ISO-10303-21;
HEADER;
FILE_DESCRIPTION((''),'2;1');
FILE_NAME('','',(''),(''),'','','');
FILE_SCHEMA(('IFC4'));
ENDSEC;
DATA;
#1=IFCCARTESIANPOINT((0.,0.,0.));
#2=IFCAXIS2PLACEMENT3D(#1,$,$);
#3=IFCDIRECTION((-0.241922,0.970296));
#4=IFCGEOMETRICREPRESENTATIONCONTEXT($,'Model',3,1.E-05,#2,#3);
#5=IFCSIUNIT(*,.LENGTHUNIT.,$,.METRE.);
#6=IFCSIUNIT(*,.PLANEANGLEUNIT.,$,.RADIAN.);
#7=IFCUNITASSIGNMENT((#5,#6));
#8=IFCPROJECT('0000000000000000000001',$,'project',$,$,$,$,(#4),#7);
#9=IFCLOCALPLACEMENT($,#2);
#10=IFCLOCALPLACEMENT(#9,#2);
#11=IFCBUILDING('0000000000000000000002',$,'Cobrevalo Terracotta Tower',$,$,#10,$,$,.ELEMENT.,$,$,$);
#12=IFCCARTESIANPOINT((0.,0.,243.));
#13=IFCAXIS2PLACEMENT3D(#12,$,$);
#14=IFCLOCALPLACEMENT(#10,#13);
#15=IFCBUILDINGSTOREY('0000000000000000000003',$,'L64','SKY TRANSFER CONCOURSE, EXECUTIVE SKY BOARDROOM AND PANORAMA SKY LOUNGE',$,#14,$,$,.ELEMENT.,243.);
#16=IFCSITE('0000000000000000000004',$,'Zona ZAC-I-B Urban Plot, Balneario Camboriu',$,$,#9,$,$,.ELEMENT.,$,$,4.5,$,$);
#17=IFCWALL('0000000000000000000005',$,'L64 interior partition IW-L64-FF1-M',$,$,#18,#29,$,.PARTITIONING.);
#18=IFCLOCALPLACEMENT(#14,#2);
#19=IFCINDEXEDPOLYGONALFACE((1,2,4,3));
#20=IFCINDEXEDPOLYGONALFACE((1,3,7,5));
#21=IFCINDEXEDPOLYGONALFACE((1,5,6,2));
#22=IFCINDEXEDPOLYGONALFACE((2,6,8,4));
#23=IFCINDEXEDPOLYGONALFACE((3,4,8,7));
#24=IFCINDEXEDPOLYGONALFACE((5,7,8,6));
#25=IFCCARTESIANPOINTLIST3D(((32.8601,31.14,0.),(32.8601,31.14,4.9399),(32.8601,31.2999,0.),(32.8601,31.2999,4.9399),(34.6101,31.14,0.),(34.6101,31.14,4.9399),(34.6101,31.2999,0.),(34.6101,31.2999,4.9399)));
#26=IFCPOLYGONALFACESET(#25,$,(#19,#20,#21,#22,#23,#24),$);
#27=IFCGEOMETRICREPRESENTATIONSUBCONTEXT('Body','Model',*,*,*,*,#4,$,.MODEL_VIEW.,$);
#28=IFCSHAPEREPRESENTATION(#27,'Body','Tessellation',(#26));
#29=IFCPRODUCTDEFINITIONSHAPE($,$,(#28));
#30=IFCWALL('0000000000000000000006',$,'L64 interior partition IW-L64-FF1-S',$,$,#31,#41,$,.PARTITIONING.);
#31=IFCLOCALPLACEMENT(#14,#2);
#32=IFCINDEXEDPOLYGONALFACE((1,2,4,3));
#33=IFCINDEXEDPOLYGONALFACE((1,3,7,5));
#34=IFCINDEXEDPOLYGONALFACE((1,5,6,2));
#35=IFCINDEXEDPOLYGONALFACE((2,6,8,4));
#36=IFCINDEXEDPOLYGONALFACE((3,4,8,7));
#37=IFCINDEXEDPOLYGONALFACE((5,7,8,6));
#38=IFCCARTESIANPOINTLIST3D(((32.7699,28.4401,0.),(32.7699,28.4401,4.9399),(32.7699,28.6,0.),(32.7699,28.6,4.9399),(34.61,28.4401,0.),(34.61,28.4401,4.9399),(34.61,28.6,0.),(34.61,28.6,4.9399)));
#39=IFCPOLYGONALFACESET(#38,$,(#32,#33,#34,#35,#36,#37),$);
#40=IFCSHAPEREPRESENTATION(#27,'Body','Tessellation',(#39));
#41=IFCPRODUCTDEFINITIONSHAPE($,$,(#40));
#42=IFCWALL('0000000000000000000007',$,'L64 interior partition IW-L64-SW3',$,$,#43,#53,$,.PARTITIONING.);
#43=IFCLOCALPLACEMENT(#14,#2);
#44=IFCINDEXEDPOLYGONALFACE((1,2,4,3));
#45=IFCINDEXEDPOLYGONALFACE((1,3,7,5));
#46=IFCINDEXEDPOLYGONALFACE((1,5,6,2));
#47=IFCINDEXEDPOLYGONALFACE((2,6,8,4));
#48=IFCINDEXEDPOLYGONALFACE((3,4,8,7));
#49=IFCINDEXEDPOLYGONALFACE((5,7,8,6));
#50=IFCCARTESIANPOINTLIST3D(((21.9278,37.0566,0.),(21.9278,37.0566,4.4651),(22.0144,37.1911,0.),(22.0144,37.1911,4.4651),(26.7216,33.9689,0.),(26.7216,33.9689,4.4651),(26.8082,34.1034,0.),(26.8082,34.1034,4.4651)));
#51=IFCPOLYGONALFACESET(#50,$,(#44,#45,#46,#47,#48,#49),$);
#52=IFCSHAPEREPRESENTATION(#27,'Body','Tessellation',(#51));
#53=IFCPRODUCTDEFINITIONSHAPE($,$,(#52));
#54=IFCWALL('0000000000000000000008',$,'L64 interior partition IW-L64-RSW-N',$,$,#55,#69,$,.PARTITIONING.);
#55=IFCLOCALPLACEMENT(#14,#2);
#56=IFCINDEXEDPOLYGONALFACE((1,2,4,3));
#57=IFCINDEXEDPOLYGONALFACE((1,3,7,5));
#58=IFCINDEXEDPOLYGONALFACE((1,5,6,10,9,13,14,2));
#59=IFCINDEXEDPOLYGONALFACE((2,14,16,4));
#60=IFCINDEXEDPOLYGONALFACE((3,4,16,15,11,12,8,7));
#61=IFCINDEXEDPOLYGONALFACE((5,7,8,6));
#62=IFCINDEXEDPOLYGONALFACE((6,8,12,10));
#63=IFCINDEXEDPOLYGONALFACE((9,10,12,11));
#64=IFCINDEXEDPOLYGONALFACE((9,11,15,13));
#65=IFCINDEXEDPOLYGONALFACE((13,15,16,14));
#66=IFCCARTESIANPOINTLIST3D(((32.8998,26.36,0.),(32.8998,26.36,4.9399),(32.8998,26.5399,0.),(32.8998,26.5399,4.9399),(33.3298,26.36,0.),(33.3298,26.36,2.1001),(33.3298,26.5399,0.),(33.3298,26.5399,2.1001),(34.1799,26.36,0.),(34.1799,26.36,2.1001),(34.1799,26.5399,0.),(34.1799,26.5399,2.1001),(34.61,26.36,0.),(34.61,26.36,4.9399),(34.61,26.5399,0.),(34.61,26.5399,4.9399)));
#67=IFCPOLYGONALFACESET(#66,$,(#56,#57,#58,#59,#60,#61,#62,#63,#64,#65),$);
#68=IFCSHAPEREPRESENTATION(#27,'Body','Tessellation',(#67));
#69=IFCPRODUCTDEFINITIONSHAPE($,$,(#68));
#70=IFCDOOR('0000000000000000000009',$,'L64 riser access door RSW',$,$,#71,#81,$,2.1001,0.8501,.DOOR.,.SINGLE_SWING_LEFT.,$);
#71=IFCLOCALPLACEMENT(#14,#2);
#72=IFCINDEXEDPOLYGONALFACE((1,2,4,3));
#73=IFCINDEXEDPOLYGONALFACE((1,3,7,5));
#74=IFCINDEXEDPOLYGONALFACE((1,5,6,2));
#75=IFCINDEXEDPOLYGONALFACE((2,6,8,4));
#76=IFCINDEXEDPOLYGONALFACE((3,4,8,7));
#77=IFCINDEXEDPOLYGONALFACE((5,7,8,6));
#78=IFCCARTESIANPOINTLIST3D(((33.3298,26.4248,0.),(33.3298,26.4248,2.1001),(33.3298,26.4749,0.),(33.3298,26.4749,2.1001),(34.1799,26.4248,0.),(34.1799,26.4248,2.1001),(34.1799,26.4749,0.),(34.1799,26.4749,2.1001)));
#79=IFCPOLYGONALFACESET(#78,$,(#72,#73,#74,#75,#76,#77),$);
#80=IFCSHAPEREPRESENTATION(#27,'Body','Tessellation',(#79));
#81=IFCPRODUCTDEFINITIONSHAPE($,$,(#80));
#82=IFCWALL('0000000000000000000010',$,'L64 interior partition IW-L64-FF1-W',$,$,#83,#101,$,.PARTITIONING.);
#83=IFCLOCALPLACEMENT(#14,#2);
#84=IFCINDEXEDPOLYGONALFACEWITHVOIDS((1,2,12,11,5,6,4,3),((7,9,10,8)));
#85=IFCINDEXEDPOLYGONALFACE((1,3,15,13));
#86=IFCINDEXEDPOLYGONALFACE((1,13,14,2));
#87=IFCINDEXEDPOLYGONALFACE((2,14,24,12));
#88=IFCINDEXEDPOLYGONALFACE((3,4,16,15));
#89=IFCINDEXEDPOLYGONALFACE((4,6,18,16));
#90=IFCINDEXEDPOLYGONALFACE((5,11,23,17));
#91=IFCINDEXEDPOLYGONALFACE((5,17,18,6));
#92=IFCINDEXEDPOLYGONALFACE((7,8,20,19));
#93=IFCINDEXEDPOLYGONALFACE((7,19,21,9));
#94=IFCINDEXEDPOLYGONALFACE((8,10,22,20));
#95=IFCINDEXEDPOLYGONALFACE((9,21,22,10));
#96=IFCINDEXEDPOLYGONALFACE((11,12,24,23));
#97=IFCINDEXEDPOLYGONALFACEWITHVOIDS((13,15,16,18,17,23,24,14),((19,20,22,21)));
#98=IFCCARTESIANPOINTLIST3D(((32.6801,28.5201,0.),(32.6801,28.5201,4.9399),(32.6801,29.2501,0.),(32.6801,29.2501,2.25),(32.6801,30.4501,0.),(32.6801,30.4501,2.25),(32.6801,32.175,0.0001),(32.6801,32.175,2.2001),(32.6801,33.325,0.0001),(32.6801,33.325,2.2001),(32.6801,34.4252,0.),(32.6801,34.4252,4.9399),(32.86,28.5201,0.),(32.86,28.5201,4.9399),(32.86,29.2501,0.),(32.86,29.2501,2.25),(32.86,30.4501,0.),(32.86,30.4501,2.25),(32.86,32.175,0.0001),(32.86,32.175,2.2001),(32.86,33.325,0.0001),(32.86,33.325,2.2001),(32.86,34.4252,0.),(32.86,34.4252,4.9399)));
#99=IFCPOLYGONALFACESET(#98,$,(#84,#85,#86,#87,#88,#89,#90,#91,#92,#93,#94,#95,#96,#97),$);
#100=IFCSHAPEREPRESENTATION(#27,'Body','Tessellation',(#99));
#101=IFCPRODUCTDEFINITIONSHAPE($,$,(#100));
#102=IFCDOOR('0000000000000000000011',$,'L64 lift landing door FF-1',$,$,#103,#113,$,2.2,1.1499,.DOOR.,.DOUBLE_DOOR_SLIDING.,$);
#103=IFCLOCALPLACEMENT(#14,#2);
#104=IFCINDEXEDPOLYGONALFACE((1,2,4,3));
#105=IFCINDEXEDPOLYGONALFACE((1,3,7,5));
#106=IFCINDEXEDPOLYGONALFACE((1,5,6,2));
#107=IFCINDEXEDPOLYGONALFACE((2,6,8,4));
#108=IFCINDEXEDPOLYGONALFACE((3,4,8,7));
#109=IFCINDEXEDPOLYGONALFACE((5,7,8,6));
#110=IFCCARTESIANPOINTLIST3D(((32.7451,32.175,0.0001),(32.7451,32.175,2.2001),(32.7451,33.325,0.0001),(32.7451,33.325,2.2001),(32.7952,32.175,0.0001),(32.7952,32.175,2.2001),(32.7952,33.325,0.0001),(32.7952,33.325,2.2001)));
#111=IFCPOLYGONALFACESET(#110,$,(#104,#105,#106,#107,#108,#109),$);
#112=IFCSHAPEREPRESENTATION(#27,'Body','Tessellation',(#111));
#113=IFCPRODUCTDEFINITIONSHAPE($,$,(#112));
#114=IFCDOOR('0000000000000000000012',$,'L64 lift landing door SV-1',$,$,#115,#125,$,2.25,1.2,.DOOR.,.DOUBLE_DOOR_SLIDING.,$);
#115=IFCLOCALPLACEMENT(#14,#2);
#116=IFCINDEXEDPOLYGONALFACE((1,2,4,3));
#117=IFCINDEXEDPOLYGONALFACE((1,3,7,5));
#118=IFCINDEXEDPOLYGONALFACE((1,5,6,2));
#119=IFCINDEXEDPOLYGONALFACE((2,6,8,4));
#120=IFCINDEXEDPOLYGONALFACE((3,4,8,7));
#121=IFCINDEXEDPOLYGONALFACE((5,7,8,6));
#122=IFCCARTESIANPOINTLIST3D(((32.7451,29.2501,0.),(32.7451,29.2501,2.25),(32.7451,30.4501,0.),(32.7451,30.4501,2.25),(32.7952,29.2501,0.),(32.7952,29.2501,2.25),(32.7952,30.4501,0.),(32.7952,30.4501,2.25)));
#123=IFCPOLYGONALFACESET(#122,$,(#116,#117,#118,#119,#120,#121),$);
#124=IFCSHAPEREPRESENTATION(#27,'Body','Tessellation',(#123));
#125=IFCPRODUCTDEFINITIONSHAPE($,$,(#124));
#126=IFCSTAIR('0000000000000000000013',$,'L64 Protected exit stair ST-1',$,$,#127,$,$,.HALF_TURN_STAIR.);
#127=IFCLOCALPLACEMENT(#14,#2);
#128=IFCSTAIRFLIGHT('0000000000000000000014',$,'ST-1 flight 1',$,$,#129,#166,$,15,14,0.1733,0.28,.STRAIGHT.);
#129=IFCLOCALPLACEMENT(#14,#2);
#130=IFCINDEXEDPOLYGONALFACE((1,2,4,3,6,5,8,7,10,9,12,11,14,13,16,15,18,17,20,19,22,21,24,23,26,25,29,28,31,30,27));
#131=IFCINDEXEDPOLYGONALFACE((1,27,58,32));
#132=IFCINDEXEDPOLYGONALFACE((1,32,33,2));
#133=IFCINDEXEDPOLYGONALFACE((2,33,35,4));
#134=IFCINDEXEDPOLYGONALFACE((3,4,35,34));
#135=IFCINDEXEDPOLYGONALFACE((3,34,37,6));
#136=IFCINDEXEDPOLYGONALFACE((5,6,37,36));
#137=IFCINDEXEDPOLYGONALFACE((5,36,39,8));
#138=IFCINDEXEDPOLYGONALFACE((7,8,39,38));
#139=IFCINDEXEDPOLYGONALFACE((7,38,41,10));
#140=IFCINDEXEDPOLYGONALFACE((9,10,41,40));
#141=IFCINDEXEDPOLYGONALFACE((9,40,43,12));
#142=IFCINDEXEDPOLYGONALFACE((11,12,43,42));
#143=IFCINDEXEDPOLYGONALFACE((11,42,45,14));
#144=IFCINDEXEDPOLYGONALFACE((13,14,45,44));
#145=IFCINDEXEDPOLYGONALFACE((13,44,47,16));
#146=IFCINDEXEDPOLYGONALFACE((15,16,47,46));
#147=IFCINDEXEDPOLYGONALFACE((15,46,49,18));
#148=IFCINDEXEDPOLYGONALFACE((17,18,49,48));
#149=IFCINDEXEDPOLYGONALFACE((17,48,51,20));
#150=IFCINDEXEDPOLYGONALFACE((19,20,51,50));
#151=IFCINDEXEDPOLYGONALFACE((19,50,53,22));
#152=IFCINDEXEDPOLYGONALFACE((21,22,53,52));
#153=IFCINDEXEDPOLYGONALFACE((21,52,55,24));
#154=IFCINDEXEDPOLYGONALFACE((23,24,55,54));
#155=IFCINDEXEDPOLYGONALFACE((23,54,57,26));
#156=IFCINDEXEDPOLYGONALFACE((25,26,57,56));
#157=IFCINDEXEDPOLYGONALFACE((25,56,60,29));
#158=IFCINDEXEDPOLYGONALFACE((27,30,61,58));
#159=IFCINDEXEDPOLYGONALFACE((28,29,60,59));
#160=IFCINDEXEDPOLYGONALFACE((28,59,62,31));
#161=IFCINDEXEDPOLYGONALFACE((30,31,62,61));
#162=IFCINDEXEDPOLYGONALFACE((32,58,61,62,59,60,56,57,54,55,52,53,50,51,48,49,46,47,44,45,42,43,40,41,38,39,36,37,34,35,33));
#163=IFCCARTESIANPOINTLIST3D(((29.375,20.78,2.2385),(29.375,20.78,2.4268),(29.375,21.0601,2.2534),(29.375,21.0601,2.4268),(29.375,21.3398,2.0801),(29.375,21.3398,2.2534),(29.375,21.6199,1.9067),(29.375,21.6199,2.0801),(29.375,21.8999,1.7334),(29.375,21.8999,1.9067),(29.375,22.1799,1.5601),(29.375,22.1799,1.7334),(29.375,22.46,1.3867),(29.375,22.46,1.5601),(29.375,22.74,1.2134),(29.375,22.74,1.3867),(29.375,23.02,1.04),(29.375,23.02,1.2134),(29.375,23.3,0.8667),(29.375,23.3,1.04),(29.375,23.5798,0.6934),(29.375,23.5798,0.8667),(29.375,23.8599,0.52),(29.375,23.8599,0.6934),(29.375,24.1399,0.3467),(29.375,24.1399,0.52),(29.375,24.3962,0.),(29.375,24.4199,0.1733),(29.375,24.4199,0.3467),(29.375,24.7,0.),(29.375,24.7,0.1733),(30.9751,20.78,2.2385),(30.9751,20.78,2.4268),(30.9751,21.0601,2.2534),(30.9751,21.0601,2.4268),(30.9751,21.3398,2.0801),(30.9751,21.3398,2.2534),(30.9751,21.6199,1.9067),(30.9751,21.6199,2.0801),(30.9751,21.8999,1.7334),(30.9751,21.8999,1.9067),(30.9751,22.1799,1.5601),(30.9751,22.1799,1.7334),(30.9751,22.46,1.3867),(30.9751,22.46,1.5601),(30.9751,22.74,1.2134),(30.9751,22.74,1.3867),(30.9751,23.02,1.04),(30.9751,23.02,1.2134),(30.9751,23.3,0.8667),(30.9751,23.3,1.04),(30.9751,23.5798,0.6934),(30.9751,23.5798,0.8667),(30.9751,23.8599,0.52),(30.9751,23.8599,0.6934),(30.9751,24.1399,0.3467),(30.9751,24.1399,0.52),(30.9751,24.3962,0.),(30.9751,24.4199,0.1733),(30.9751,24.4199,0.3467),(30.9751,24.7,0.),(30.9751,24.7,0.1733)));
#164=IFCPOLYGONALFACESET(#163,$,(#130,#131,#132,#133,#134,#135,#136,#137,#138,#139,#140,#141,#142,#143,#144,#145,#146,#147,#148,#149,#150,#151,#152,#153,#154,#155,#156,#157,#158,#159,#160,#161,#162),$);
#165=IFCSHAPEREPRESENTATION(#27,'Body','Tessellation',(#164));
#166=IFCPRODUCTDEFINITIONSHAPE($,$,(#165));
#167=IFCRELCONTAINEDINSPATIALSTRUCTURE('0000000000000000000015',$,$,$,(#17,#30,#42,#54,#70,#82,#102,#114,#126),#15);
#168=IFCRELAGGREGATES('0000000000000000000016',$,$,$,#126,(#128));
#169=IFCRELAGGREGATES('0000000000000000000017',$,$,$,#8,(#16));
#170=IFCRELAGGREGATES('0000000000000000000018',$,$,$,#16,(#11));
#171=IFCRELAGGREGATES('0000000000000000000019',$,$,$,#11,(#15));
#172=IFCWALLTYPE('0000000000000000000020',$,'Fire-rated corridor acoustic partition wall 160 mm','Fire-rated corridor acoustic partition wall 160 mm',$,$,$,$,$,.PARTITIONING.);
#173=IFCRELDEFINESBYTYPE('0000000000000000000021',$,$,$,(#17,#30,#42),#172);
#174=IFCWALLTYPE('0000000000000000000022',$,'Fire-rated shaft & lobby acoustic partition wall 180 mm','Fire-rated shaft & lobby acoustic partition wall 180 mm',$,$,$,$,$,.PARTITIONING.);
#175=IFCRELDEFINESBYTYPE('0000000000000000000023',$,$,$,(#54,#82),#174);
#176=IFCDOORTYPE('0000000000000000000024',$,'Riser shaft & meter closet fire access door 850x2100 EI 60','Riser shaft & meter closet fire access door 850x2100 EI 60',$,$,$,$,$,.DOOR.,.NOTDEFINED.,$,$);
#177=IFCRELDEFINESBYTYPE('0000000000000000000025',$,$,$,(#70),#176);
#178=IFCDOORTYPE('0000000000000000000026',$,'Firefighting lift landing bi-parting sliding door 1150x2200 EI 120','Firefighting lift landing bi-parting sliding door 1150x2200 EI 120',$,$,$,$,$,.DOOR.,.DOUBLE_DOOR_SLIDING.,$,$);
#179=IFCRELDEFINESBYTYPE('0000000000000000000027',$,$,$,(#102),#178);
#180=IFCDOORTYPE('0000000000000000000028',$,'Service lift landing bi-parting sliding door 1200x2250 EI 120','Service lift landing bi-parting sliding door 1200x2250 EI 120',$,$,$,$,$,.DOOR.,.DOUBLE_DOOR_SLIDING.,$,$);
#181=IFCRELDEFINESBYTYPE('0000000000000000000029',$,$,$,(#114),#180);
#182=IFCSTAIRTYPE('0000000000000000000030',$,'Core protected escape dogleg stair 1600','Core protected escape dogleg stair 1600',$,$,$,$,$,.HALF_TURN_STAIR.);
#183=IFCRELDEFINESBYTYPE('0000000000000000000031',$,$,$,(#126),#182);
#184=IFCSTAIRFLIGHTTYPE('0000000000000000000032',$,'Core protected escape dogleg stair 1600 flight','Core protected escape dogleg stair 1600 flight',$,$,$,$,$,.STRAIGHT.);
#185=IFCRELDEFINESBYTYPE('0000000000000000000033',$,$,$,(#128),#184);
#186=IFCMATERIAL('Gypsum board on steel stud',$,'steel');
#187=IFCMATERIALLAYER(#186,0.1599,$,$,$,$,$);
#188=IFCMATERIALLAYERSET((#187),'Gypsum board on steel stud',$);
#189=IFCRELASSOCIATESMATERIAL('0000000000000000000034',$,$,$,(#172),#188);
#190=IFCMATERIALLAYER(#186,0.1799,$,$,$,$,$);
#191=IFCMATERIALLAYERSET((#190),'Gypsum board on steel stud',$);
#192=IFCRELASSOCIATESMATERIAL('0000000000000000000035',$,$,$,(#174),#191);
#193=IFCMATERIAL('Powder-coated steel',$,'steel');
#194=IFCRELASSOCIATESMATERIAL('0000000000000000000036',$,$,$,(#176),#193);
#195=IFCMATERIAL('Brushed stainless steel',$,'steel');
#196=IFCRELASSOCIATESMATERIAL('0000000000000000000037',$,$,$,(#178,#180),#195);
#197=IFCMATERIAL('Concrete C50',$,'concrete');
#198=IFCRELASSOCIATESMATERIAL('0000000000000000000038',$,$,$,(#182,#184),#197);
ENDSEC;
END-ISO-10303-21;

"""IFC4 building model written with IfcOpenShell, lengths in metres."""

from ifc_helpers import new_model, si_unit, direction, frame, frame_2d, origin, place, context, subcontext, project, spatial, polyline, rectangle, outline, extrude, source, transform, mapped, material, layer, layer_set, type_object, element, fill, aggregate, save


model = new_model("IFC4")

# Units and contexts
model_context = context("Model", 3, precision=1e-05, world=origin(), true_north=direction((-0.241922, 0.970296)))
body_context = subcontext(model_context, "Body", "Model", "MODEL_VIEW")
ifc_project = project(units=[si_unit("LENGTHUNIT", "METRE"), si_unit("PLANEANGLEUNIT", "RADIAN")], contexts=[model_context])

# Site, building, storey
site_placement = place(None, origin())
site = spatial("IfcSite", under=ifc_project, at=site_placement, Name="Zona ZAC-I-B Urban Plot, Balneario Camboriu", CompositionType="ELEMENT", RefElevation=4.5)
building_placement = place(site_placement, origin())
building = spatial("IfcBuilding", under=site, at=building_placement, Name="Cobrevalo Terracotta Tower", CompositionType="ELEMENT")
storey_placement = place(building_placement, frame((0.0, 0.0, 243.0)))
storey = spatial("IfcBuildingStorey", under=building, at=storey_placement, Name="L64", Description="SKY TRANSFER CONCOURSE, EXECUTIVE SKY BOARDROOM AND PANORAMA SKY LOUNGE", CompositionType="ELEMENT", Elevation=243.0)

# Shared definitions
ifc_material_1 = material(Name="Concrete C50", Category="concrete")

# Walls
ifc_material_2 = material(Name="Gypsum board on steel stud", Category="steel")
ifc_layer_1 = layer(ifc_material_2, 0.1599)
ifc_layer_set_1 = layer_set([ifc_layer_1], Name="Gypsum board on steel stud")
wall_type_1 = type_object("IfcWallType", Name="Fire-rated corridor acoustic partition wall 160 mm", Description="Fire-rated corridor acoustic partition wall 160 mm", PredefinedType="PARTITIONING", material=ifc_layer_set_1)
wall_1_placement = place(storey_placement, frame((32.8601, 31.22, 0.0), z_axis=(0.0, 0.0, 1.0), x_axis=(1.0, 0.0, 0.0)))
element("IfcWall", 1, at=wall_1_placement, inside=storey, type_object=wall_type_1, Name="L64 interior partition IW-L64-FF1-M", PredefinedType="PARTITIONING", context=body_context, shape_type="SweptSolid", body=[
    extrude(rectangle(XDim=1.75, YDim=0.1599, at=frame_2d((0.875, 0.0))), origin(), (0.0, 0.0, 1.0), 4.9399),
])
wall_2_placement = place(storey_placement, frame((32.77, 28.52, 0.0), z_axis=(0.0, 0.0, 1.0), x_axis=(1.0, 0.0, 0.0)))
element("IfcWall", 2, at=wall_2_placement, inside=storey, type_object=wall_type_1, Name="L64 interior partition IW-L64-FF1-S", PredefinedType="PARTITIONING", context=body_context, shape_type="SweptSolid", body=[
    extrude(rectangle(XDim=1.8401, YDim=0.1599, at=frame_2d((0.9199, 0.0))), origin(), (0.0, 0.0, 1.0), 4.9399),
])
wall_3_placement = place(storey_placement, frame((26.7649, 34.0361, 0.0), z_axis=(0.0, 0.0, 1.0), x_axis=(-0.840701, 0.5415, 0.0)))
element("IfcWall", 3, at=wall_3_placement, inside=storey, type_object=wall_type_1, Name="L64 interior partition IW-L64-SW3", PredefinedType="PARTITIONING", context=body_context, shape_type="SweptSolid", body=[
    extrude(rectangle(XDim=5.7021, YDim=0.1599, at=frame_2d((2.8511, 0.0))), origin(), (0.0, 0.0, 1.0), 4.4651),
])

# Wall, opening, door
ifc_layer_2 = layer(ifc_material_2, 0.1799)
ifc_layer_set_2 = layer_set([ifc_layer_2], Name="Gypsum board on steel stud")
wall_type_2 = type_object("IfcWallType", Name="Fire-rated shaft & lobby acoustic partition wall 180 mm", Description="Fire-rated shaft & lobby acoustic partition wall 180 mm", PredefinedType="PARTITIONING", material=ifc_layer_set_2)
wall_4_placement = place(storey_placement, frame((32.8999, 26.45, 0.0), z_axis=(0.0, 0.0, 1.0), x_axis=(1.0, 0.0, 0.0)))
wall_4 = element("IfcWall", 4, at=wall_4_placement, inside=storey, type_object=wall_type_2, Name="L64 interior partition IW-L64-RSW-N", PredefinedType="PARTITIONING", context=body_context, shape_type="SweptSolid", body=[
    extrude(rectangle(XDim=1.7102, YDim=0.1799, at=frame_2d((0.855, 0.0))), origin(), (0.0, 0.0, 1.0), 4.9399),
])
opening_1_placement = place(wall_4_placement, frame((0.4299, 0.0, 0.0)))
opening_1 = element("IfcOpeningElement", 5, at=opening_1_placement, cuts=wall_4, PredefinedType="OPENING", context=body_context, shape_type="SweptSolid", body=[
    extrude(rectangle(XDim=0.8501, YDim=2.1001, at=frame_2d((0.425, 1.05))), frame((0.0, 0.1001, 0.0), z_axis=(0.0, -1.0, 0.0), x_axis=(1.0, 0.0, 0.0)), (0.0, 0.0, 1.0), 0.2),
])
ifc_material_3 = material(Name="Powder-coated steel", Category="steel")
door_type_1 = type_object("IfcDoorType", Name="Riser shaft & meter closet fire access door 850x2100 EI 60", Description="Riser shaft & meter closet fire access door 850x2100 EI 60", OperationType="NOTDEFINED", PredefinedType="DOOR", material=ifc_material_3)
shared_shape_1 = source(origin(), body_context, "Body", "SweptSolid", [
    extrude(rectangle(XDim=0.8501, YDim=2.1001, at=frame_2d((0.425, 1.05))), frame((0.0, 0.0249, 0.0), z_axis=(0.0, -1.0, 0.0), x_axis=(1.0, 0.0, 0.0)), (0.0, 0.0, 1.0), 0.05),
])
door_1_placement = place(opening_1_placement, origin())
door_1 = element("IfcDoor", 6, at=door_1_placement, inside=storey, type_object=door_type_1, Name="L64 riser access door RSW", OperationType="SINGLE_SWING_LEFT", OverallHeight=2.1001, OverallWidth=0.8501, PredefinedType="DOOR", context=body_context, shape_type="MappedRepresentation", body=[
    mapped(shared_shape_1, transform((0.0, 0.0, 0.0), scale=1.0)),
])
fill(opening_1, door_1)

# Wall, openings, doors
wall_5_placement = place(storey_placement, frame((32.77, 28.52, 0.0), z_axis=(0.0, 0.0, 1.0), x_axis=(0.0, 1.0, 0.0)))
wall_5 = element("IfcWall", 7, at=wall_5_placement, inside=storey, type_object=wall_type_2, Name="L64 interior partition IW-L64-FF1-W", PredefinedType="PARTITIONING", context=body_context, shape_type="SweptSolid", body=[
    extrude(rectangle(XDim=5.905, YDim=0.1799, at=frame_2d((2.9526, 0.0))), origin(), (0.0, 0.0, 1.0), 4.9399),
])
opening_2_placement = place(wall_5_placement, frame((3.655, 0.0, 0.0)))
opening_2 = element("IfcOpeningElement", 8, at=opening_2_placement, cuts=wall_5, PredefinedType="OPENING", context=body_context, shape_type="SweptSolid", body=[
    extrude(rectangle(XDim=1.1499, YDim=2.2, at=frame_2d((0.575, 1.1001))), frame((0.0, 0.1001, 0.0), z_axis=(0.0, -1.0, 0.0), x_axis=(1.0, 0.0, 0.0)), (0.0, 0.0, 1.0), 0.2),
])
opening_3_placement = place(wall_5_placement, frame((0.73, 0.0, 0.0)))
opening_3 = element("IfcOpeningElement", 9, at=opening_3_placement, cuts=wall_5, PredefinedType="OPENING", context=body_context, shape_type="SweptSolid", body=[
    extrude(rectangle(XDim=1.2, YDim=2.25, at=frame_2d((0.6001, 1.125))), frame((0.0, 0.1001, 0.0), z_axis=(0.0, -1.0, 0.0), x_axis=(1.0, 0.0, 0.0)), (0.0, 0.0, 1.0), 0.2),
])
ifc_material_4 = material(Name="Brushed stainless steel", Category="steel")
door_type_2 = type_object("IfcDoorType", Name="Firefighting lift landing bi-parting sliding door 1150x2200 EI 120", Description="Firefighting lift landing bi-parting sliding door 1150x2200 EI 120", OperationType="DOUBLE_DOOR_SLIDING", PredefinedType="DOOR", material=ifc_material_4)
shared_shape_2 = source(origin(), body_context, "Body", "SweptSolid", [
    extrude(rectangle(XDim=1.1499, YDim=2.2, at=frame_2d((0.575, 1.1001))), frame((0.0, 0.0249, 0.0), z_axis=(0.0, -1.0, 0.0), x_axis=(1.0, 0.0, 0.0)), (0.0, 0.0, 1.0), 0.05),
])
door_2_placement = place(opening_2_placement, origin())
door_2 = element("IfcDoor", 10, at=door_2_placement, inside=storey, type_object=door_type_2, Name="L64 lift landing door FF-1", OperationType="DOUBLE_DOOR_SLIDING", OverallHeight=2.2, OverallWidth=1.1499, PredefinedType="DOOR", context=body_context, shape_type="MappedRepresentation", body=[
    mapped(shared_shape_2, transform((0.0, 0.0, 0.0), scale=1.0)),
])
fill(opening_2, door_2)
door_type_3 = type_object("IfcDoorType", Name="Service lift landing bi-parting sliding door 1200x2250 EI 120", Description="Service lift landing bi-parting sliding door 1200x2250 EI 120", OperationType="DOUBLE_DOOR_SLIDING", PredefinedType="DOOR", material=ifc_material_4)
shared_shape_3 = source(origin(), body_context, "Body", "SweptSolid", [
    extrude(rectangle(XDim=1.2, YDim=2.25, at=frame_2d((0.6001, 1.125))), frame((0.0, 0.0249, 0.0), z_axis=(0.0, -1.0, 0.0), x_axis=(1.0, 0.0, 0.0)), (0.0, 0.0, 1.0), 0.05),
])
door_3_placement = place(opening_3_placement, origin())
door_3 = element("IfcDoor", 11, at=door_3_placement, inside=storey, type_object=door_type_3, Name="L64 lift landing door SV-1", OperationType="DOUBLE_DOOR_SLIDING", OverallHeight=2.25, OverallWidth=1.2, PredefinedType="DOOR", context=body_context, shape_type="MappedRepresentation", body=[
    mapped(shared_shape_3, transform((0.0, 0.0, 0.0), scale=1.0)),
])
fill(opening_3, door_3)

# Stair, stair flight
stair_type = type_object("IfcStairType", Name="Core protected escape dogleg stair 1600", Description="Core protected escape dogleg stair 1600", PredefinedType="HALF_TURN_STAIR", material=ifc_material_1)
stair_placement = place(storey_placement, origin())
stair = element("IfcStair", 12, at=stair_placement, inside=storey, type_object=stair_type, Name="L64 Protected exit stair ST-1", PredefinedType="HALF_TURN_STAIR")
stair_flight_type = type_object("IfcStairFlightType", Name="Core protected escape dogleg stair 1600 flight", Description="Core protected escape dogleg stair 1600 flight", PredefinedType="STRAIGHT", material=ifc_material_1)
stair_flight_placement = place(storey_placement, frame((30.175, 24.7, 0.0), z_axis=(0.0, 0.0, 1.0), x_axis=(0.0, -1.0, 0.0)))
stair_flight = element("IfcStairFlight", 13, at=stair_flight_placement, type_object=stair_flight_type, Name="ST-1 flight 1", NumberOfRisers=15, NumberOfTreads=14, PredefinedType="STRAIGHT", RiserHeight=0.1733, TreadLength=0.28, context=body_context, shape_type="SweptSolid", body=[
    extrude(outline(polyline([(0.0, 0.0), (0.0, 0.1733), (0.28, 0.1733), (0.28, 0.3467), (0.5601, 0.3467), (0.5601, 0.52), (0.8401, 0.52), (0.8401, 0.6934), (1.1201, 0.6934), (1.1201, 0.8667), (1.3999, 0.8667), (1.3999, 1.04), (1.6799, 1.04), (1.6799, 1.2134), (1.96, 1.2134), (1.96, 1.3867), (2.24, 1.3867), (2.24, 1.5601), (2.52, 1.5601), (2.52, 1.7334), (2.8, 1.7334), (2.8, 1.9067), (3.0801, 1.9067), (3.0801, 2.0801), (3.3601, 2.0801), (3.3601, 2.2534), (3.6399, 2.2534), (3.6399, 2.4268), (3.9199, 2.4268), (3.9199, 2.6001), (3.9199, 2.2385), (0.3037, 0.0), (0.0, 0.0)])), frame((0.0, 0.8, 0.0), z_axis=(0.0, -1.0, 0.0), x_axis=(1.0, 0.0, 0.0)), (0.0, 0.0, 1.0), 1.6001),
])
aggregate(stair, [stair_flight])

save(model, "model.ifc")
